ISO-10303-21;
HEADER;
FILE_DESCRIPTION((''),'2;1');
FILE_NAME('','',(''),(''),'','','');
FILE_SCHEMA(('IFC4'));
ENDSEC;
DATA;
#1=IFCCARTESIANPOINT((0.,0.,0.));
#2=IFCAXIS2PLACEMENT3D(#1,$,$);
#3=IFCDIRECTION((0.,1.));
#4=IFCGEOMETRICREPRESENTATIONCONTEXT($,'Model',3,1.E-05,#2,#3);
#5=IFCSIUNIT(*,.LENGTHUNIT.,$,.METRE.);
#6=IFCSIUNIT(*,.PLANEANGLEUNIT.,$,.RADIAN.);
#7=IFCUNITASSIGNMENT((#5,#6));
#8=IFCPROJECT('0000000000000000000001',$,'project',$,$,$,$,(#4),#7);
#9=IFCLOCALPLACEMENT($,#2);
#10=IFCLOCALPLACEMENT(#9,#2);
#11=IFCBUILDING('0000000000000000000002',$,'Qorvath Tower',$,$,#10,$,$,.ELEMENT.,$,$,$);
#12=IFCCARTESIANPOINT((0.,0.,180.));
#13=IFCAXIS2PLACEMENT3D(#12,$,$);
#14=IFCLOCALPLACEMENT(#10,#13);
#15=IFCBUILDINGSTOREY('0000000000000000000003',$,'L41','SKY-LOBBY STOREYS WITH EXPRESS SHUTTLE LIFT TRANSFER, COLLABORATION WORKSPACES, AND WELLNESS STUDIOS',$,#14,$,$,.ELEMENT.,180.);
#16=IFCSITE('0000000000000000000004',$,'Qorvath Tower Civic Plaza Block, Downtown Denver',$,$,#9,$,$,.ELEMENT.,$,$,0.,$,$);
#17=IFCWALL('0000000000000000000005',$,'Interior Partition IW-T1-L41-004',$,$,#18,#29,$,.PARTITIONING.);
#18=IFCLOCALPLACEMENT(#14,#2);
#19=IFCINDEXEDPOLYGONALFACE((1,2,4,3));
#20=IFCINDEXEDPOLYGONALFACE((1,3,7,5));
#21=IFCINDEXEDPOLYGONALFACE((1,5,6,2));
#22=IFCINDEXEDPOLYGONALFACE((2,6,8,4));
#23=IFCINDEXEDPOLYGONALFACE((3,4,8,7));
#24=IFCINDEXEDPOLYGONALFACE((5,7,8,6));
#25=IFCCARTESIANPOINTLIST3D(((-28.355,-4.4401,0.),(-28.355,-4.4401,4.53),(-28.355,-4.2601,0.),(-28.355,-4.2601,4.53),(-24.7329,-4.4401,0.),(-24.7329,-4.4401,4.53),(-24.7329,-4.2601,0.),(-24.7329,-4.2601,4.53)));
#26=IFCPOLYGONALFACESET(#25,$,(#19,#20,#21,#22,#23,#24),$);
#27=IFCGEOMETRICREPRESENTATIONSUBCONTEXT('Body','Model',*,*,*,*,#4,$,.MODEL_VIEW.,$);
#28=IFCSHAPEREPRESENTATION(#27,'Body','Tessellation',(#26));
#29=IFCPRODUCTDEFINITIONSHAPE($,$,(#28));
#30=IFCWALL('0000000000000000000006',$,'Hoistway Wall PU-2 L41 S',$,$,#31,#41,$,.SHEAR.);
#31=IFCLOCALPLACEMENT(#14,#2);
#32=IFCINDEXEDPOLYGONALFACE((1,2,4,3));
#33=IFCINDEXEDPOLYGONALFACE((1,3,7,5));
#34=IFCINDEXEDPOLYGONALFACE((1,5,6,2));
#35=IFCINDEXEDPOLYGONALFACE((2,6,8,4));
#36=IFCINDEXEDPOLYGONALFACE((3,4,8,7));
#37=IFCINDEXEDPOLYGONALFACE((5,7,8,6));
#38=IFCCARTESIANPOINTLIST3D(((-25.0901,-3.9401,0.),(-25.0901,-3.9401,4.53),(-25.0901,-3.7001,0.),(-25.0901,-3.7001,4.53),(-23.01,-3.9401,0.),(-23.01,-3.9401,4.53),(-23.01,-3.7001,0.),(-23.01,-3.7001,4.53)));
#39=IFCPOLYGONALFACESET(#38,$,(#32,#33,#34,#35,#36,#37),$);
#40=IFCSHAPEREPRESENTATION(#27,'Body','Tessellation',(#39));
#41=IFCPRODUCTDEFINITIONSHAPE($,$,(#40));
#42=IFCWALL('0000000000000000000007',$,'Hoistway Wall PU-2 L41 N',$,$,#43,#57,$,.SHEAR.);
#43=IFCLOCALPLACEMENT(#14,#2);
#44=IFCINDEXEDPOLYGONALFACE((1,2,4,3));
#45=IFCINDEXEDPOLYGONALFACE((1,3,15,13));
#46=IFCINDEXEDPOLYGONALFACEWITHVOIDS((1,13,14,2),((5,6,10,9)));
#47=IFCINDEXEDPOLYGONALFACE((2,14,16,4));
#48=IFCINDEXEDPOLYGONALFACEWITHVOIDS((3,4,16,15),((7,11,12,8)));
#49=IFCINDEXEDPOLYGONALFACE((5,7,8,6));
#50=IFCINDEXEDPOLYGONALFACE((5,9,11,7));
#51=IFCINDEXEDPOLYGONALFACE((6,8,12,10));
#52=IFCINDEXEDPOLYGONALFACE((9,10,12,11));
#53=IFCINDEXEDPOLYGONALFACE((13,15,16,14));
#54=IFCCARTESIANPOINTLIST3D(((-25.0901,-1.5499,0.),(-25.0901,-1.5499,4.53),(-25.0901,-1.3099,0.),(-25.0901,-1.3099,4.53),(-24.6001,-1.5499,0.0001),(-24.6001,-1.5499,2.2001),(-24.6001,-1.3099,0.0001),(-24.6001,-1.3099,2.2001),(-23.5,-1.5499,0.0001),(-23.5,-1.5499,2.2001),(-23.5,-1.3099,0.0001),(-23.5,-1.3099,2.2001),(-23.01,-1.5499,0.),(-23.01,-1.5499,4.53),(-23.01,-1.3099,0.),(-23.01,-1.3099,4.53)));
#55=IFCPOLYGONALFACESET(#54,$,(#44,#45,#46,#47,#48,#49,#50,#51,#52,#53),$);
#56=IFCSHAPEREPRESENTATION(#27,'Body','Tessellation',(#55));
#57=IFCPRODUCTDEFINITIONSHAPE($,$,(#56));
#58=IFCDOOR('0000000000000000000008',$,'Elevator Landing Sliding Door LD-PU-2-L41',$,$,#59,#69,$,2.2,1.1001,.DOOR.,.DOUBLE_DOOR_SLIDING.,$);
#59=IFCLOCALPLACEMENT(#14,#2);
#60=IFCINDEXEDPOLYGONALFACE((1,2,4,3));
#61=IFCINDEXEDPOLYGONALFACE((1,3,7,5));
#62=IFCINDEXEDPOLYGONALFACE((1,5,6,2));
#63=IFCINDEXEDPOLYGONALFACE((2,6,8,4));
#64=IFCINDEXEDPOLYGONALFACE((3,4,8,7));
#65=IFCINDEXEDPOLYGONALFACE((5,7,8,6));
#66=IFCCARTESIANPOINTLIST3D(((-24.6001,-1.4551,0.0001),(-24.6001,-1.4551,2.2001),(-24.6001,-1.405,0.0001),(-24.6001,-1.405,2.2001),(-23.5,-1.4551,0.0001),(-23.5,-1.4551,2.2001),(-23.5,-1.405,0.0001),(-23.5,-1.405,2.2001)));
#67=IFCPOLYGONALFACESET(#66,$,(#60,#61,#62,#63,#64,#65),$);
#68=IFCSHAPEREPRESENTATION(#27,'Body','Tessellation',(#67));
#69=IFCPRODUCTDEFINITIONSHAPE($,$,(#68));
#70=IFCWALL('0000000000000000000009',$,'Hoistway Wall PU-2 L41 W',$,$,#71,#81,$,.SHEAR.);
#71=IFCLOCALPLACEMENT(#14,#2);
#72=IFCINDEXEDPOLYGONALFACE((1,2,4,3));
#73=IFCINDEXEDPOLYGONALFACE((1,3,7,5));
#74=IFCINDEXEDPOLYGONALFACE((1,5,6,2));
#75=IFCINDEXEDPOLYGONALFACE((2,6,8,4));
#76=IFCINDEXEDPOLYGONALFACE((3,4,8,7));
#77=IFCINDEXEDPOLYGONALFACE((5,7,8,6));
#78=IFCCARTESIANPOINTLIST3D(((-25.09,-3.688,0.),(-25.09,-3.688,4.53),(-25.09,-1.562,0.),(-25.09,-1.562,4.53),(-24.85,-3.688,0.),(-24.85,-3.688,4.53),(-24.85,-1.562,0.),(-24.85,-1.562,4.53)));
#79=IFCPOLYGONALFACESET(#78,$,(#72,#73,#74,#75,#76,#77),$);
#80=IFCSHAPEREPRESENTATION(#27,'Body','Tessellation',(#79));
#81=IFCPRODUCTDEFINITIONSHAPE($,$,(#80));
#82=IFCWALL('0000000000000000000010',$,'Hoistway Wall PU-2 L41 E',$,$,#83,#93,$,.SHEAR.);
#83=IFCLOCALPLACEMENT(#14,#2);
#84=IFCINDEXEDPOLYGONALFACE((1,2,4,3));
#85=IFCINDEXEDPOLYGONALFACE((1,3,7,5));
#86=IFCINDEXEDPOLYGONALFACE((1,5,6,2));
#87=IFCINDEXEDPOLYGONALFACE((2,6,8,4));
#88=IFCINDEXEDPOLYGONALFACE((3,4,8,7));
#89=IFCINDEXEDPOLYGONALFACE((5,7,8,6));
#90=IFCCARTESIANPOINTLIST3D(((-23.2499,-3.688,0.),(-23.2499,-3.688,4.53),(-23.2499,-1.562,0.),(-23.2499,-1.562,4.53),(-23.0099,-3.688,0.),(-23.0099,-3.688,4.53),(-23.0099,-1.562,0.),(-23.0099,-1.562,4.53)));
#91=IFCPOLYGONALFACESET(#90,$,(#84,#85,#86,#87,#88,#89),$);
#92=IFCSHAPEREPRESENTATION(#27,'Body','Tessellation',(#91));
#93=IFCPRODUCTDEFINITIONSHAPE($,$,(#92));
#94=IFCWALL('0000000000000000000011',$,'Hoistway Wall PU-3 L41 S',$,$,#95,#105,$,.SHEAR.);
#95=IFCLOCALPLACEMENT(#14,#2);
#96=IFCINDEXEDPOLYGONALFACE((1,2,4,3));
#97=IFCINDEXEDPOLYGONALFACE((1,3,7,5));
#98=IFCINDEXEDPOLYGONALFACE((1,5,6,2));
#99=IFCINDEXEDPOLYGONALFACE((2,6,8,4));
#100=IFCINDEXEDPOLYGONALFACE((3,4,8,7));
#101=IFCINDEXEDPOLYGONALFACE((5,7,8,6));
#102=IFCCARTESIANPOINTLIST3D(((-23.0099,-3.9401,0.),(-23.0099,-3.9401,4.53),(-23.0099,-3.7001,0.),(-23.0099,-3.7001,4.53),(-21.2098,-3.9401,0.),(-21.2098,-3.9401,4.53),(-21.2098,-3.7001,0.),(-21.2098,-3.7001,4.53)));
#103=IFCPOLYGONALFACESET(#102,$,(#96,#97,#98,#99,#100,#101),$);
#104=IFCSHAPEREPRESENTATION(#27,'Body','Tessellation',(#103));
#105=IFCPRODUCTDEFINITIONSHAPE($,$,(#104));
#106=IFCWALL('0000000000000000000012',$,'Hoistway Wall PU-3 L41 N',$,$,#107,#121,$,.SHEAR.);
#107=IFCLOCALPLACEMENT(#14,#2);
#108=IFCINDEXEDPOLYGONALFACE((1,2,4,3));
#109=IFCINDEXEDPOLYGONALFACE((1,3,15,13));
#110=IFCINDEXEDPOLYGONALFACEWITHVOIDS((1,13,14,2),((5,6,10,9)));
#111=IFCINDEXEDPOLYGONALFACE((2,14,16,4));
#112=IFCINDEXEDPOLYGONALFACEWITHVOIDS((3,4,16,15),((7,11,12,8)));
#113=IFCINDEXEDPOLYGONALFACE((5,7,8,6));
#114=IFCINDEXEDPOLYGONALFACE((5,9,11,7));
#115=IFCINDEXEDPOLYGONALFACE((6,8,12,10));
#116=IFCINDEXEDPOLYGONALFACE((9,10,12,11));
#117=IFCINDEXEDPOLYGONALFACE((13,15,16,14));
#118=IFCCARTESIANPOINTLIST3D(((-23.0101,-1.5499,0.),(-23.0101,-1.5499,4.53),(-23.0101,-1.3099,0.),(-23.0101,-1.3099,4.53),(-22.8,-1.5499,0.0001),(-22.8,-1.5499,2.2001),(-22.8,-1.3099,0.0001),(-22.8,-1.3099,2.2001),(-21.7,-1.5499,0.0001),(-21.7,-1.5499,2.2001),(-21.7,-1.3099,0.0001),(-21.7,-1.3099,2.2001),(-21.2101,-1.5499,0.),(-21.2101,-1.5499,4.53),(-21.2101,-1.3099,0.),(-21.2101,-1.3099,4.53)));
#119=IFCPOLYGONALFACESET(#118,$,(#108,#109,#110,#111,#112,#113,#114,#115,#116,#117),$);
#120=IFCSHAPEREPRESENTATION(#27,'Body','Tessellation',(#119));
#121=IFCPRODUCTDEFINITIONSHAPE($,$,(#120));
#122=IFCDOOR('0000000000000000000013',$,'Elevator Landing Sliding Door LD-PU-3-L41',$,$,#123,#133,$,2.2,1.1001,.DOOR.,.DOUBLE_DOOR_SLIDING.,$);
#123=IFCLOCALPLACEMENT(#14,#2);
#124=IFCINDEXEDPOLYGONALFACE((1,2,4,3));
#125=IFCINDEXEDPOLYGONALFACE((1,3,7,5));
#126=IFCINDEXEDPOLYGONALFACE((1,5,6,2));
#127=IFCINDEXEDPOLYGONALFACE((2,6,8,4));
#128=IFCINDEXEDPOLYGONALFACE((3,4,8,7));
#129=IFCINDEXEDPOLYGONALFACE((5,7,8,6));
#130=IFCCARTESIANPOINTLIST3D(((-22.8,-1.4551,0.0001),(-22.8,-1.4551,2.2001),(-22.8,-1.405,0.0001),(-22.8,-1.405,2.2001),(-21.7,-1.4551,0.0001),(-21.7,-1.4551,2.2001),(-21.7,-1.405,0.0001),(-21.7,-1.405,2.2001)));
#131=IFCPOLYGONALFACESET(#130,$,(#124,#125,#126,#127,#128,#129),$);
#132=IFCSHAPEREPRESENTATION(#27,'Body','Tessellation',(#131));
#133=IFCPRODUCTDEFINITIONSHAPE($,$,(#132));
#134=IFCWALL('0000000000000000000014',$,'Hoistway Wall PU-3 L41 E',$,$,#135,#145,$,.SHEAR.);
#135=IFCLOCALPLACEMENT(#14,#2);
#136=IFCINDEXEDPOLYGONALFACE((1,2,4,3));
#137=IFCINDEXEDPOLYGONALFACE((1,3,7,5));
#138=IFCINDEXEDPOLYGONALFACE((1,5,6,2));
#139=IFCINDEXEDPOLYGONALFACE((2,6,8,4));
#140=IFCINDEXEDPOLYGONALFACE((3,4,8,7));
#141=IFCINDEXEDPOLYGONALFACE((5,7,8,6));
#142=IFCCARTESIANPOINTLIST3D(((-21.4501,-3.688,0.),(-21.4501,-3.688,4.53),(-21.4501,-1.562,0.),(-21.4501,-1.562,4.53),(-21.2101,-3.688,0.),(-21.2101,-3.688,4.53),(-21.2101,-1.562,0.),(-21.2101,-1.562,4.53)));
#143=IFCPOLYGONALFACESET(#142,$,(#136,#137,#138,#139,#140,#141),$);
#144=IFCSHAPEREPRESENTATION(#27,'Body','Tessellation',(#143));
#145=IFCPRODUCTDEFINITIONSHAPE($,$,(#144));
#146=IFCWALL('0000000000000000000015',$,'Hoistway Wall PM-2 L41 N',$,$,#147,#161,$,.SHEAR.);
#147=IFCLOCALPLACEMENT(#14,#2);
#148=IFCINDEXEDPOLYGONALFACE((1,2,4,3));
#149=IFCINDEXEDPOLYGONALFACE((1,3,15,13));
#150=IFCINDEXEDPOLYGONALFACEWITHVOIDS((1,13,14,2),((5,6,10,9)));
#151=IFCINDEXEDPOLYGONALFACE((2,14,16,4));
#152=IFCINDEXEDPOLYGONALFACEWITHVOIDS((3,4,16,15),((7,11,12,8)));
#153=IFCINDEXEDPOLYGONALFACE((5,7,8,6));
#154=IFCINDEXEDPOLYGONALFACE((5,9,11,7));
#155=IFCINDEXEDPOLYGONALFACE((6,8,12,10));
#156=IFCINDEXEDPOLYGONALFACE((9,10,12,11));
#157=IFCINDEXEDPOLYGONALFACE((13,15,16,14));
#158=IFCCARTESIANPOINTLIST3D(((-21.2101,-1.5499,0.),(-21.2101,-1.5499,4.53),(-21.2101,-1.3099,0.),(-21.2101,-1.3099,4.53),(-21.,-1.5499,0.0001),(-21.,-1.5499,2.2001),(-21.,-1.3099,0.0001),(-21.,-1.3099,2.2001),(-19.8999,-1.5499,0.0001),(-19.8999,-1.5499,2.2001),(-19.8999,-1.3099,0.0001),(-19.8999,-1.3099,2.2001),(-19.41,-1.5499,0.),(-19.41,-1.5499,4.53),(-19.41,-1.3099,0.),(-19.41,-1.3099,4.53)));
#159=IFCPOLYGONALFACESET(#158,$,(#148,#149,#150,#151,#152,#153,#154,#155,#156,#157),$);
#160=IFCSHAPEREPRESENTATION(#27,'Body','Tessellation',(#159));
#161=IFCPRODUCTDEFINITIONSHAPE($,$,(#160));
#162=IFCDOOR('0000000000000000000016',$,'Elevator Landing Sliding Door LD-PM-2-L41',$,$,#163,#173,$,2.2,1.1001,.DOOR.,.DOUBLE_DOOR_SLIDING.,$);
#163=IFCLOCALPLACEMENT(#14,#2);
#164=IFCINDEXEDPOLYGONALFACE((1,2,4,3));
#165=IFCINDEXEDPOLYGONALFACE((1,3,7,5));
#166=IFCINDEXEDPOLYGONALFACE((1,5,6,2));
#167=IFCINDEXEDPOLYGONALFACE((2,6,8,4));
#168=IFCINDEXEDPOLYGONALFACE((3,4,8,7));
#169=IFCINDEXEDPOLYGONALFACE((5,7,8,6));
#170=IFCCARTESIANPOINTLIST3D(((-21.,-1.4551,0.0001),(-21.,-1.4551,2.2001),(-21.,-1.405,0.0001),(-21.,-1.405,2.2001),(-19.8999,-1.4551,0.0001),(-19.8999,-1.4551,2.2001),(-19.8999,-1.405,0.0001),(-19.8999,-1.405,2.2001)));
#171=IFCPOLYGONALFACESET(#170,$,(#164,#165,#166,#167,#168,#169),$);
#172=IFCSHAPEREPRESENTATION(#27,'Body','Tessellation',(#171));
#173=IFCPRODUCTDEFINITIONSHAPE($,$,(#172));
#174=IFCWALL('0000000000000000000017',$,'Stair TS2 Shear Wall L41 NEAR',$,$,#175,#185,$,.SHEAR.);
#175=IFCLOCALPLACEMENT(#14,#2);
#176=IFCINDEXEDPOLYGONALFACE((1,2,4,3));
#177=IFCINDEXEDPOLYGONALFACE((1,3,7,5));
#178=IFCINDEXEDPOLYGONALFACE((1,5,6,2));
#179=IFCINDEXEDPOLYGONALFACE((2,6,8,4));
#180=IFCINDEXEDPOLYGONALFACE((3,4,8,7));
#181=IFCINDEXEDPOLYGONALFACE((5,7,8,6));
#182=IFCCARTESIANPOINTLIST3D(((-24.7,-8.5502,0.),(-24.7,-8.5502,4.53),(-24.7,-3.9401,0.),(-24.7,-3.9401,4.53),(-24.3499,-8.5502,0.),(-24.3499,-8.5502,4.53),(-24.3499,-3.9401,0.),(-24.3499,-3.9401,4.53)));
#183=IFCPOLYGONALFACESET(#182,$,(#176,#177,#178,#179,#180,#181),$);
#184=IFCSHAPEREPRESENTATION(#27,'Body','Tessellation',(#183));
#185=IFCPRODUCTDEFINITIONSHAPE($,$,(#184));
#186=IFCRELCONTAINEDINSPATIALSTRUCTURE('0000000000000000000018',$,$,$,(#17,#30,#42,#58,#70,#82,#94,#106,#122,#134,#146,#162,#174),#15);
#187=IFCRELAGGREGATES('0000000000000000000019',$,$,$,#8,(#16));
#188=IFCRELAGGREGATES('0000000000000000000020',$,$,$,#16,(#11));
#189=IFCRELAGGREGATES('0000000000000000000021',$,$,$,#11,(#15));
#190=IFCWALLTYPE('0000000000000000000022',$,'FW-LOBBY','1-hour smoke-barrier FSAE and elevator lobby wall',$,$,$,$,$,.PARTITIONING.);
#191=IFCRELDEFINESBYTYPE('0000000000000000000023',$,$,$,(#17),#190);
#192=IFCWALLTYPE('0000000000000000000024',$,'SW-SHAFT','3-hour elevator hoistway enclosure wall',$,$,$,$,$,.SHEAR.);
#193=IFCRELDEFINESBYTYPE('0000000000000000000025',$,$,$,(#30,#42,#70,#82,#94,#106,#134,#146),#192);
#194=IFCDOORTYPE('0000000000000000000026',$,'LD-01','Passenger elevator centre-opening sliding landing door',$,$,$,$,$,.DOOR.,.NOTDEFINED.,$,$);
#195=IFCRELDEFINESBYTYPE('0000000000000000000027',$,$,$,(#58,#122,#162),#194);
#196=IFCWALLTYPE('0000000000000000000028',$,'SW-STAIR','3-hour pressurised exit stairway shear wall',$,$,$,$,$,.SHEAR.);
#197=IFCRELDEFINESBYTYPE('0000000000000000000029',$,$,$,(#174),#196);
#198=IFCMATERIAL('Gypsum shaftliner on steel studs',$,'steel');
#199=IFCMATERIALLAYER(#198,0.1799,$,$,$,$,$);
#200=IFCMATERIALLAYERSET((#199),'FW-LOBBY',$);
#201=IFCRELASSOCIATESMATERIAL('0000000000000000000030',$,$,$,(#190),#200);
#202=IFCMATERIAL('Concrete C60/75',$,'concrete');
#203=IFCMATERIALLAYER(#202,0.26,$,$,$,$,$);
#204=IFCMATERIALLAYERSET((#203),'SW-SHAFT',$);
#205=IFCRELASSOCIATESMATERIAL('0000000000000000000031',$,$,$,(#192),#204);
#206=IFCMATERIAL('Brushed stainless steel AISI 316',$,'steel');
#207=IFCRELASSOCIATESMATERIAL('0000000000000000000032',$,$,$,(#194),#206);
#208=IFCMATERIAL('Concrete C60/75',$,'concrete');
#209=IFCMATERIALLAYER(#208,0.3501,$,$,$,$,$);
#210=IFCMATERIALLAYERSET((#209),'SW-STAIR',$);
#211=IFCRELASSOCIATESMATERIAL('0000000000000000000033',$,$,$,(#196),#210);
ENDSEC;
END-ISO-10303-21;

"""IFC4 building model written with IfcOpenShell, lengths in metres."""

from ifc_helpers import new_model, si_unit, direction, frame, frame_2d, origin, place, context, subcontext, project, spatial, rectangle, extrude, material, layer, layer_set, type_object, element, fill, save


model = new_model("IFC4")

# Units and contexts
model_context = context("Model", 3, precision=1e-05, world=origin(), true_north=direction((0.0, 1.0)))
body_context = subcontext(model_context, "Body", "Model", "MODEL_VIEW")
ifc_project = project(units=[si_unit("LENGTHUNIT", "METRE"), si_unit("PLANEANGLEUNIT", "RADIAN")], contexts=[model_context])

# Site, building, storey
site_placement = place(None, origin())
site = spatial("IfcSite", under=ifc_project, at=site_placement, Name="Qorvath Tower Civic Plaza Block, Downtown Denver", CompositionType="ELEMENT", RefElevation=0.0)
building_placement = place(site_placement, origin())
building = spatial("IfcBuilding", under=site, at=building_placement, Name="Qorvath Tower", CompositionType="ELEMENT")
storey_placement = place(building_placement, frame((0.0, 0.0, 180.0)))
storey = spatial("IfcBuildingStorey", under=building, at=storey_placement, Name="L41", Description="SKY-LOBBY STOREYS WITH EXPRESS SHUTTLE LIFT TRANSFER, COLLABORATION WORKSPACES, AND WELLNESS STUDIOS", CompositionType="ELEMENT", Elevation=180.0)

# Walls
ifc_material_1 = material(Name="Gypsum shaftliner on steel studs", Category="steel")
ifc_layer_1 = layer(ifc_material_1, 0.1799)
ifc_layer_set_1 = layer_set([ifc_layer_1], Name="FW-LOBBY")
wall_type_1 = type_object("IfcWallType", Name="FW-LOBBY", Description="1-hour smoke-barrier FSAE and elevator lobby wall", PredefinedType="PARTITIONING", material=ifc_layer_set_1)
wall_1_placement = place(storey_placement, frame((-24.7329, -4.3501, 0.0), z_axis=(0.0, 0.0, 1.0), x_axis=(-1.0, 0.0, 0.0)))
element("IfcWall", 1, at=wall_1_placement, inside=storey, type_object=wall_type_1, Name="Interior Partition IW-T1-L41-004", PredefinedType="PARTITIONING", context=body_context, shape_type="SweptSolid", body=[
    extrude(rectangle(XDim=3.6221, YDim=0.1799, at=frame_2d((1.811, 0.0))), origin(), (0.0, 0.0, 1.0), 4.53),
])
ifc_material_2 = material(Name="Concrete C60/75", Category="concrete")
ifc_layer_2 = layer(ifc_material_2, 0.26)
ifc_layer_set_2 = layer_set([ifc_layer_2], Name="SW-SHAFT")
wall_type_2 = type_object("IfcWallType", Name="SW-SHAFT", Description="3-hour elevator hoistway enclosure wall", PredefinedType="SHEAR", material=ifc_layer_set_2)
wall_2_placement = place(storey_placement, frame((-23.01, -3.8201, 0.0), z_axis=(0.0, 0.0, 1.0), x_axis=(-1.0, 0.0, 0.0)))
element("IfcWall", 2, at=wall_2_placement, inside=storey, type_object=wall_type_2, Name="Hoistway Wall PU-2 L41 S", PredefinedType="SHEAR", context=body_context, shape_type="SweptSolid", body=[
    extrude(rectangle(XDim=2.0801, YDim=0.24, at=frame_2d((1.04, 0.0))), origin(), (0.0, 0.0, 1.0), 4.53),
])

# Wall, opening, door
wall_3_placement = place(storey_placement, frame((-25.0901, -1.4299, 0.0), z_axis=(0.0, 0.0, 1.0), x_axis=(1.0, 0.0, 0.0)))
wall_3 = element("IfcWall", 3, at=wall_3_placement, inside=storey, type_object=wall_type_2, Name="Hoistway Wall PU-2 L41 N", PredefinedType="SHEAR", context=body_context, shape_type="SweptSolid", body=[
    extrude(rectangle(XDim=2.0801, YDim=0.24, at=frame_2d((1.04, 0.0))), origin(), (0.0, 0.0, 1.0), 4.53),
])
opening_1_placement = place(wall_3_placement, frame((0.49, 0.0, 0.0)))
opening_1 = element("IfcOpeningElement", 4, at=opening_1_placement, cuts=wall_3, PredefinedType="OPENING", context=body_context, shape_type="SweptSolid", body=[
    extrude(rectangle(XDim=1.1001, YDim=2.2, at=frame_2d((0.55, 1.1001))), frame((0.0, 0.1299, 0.0), z_axis=(0.0, -1.0, 0.0), x_axis=(1.0, 0.0, 0.0)), (0.0, 0.0, 1.0), 0.26),
])
ifc_material_3 = material(Name="Brushed stainless steel AISI 316", Category="steel")
door_type = type_object("IfcDoorType", Name="LD-01", Description="Passenger elevator centre-opening sliding landing door", OperationType="NOTDEFINED", PredefinedType="DOOR", material=ifc_material_3)
door_1_placement = place(opening_1_placement, origin())
door_1 = element("IfcDoor", 5, at=door_1_placement, inside=storey, type_object=door_type, Name="Elevator Landing Sliding Door LD-PU-2-L41", OperationType="DOUBLE_DOOR_SLIDING", OverallHeight=2.2, OverallWidth=1.1001, PredefinedType="DOOR", context=body_context, shape_type="SweptSolid", body=[
    extrude(rectangle(XDim=1.1001, YDim=2.2, at=frame_2d((0.55, 1.1001))), frame((0.0, 0.0249, 0.0), z_axis=(0.0, -1.0, 0.0), x_axis=(1.0, 0.0, 0.0)), (0.0, 0.0, 1.0), 0.05),
])
fill(opening_1, door_1)

# Walls
for number, where, z_axis, x_axis, name in (
    (6, (-24.97, -3.688, 0.0), (0.0, 0.0, 1.0), (0.0, 1.0, 0.0), "Hoistway Wall PU-2 L41 W"),
    (7, (-23.1299, -1.562, 0.0), (0.0, 0.0, 1.0), (0.0, -1.0, 0.0), "Hoistway Wall PU-2 L41 E"),
):
    element("IfcWall", number, at=place(storey_placement, frame(where, z_axis=z_axis, x_axis=x_axis)), inside=storey, type_object=wall_type_2, Name=name, PredefinedType="SHEAR", context=body_context, shape_type="SweptSolid", body=[
        extrude(rectangle(XDim=2.126, YDim=0.24, at=frame_2d((1.063, 0.0))), origin(), (0.0, 0.0, 1.0), 4.53),
    ])
wall_4_placement = place(storey_placement, frame((-21.21, -3.8201, 0.0), z_axis=(0.0, 0.0, 1.0), x_axis=(-1.0, 0.0, 0.0)))
element("IfcWall", 8, at=wall_4_placement, inside=storey, type_object=wall_type_2, Name="Hoistway Wall PU-3 L41 S", PredefinedType="SHEAR", context=body_context, shape_type="SweptSolid", body=[
    extrude(rectangle(XDim=1.8, YDim=0.24, at=frame_2d((0.8999, 0.0))), origin(), (0.0, 0.0, 1.0), 4.53),
])

# Wall, opening, door
wall_5_placement = place(storey_placement, frame((-23.01, -1.4299, 0.0), z_axis=(0.0, 0.0, 1.0), x_axis=(1.0, 0.0, 0.0)))
wall_5 = element("IfcWall", 9, at=wall_5_placement, inside=storey, type_object=wall_type_2, Name="Hoistway Wall PU-3 L41 N", PredefinedType="SHEAR", context=body_context, shape_type="SweptSolid", body=[
    extrude(rectangle(XDim=1.8, YDim=0.24, at=frame_2d((0.8999, 0.0))), origin(), (0.0, 0.0, 1.0), 4.53),
])
opening_2_placement = place(wall_5_placement, frame((0.21, 0.0, 0.0)))
opening_2 = element("IfcOpeningElement", 10, at=opening_2_placement, cuts=wall_5, PredefinedType="OPENING", context=body_context, shape_type="SweptSolid", body=[
    extrude(rectangle(XDim=1.1001, YDim=2.2, at=frame_2d((0.55, 1.1001))), frame((0.0, 0.1299, 0.0), z_axis=(0.0, -1.0, 0.0), x_axis=(1.0, 0.0, 0.0)), (0.0, 0.0, 1.0), 0.26),
])
door_2_placement = place(opening_2_placement, origin())
door_2 = element("IfcDoor", 11, at=door_2_placement, inside=storey, type_object=door_type, Name="Elevator Landing Sliding Door LD-PU-3-L41", OperationType="DOUBLE_DOOR_SLIDING", OverallHeight=2.2, OverallWidth=1.1001, PredefinedType="DOOR", context=body_context, shape_type="SweptSolid", body=[
    extrude(rectangle(XDim=1.1001, YDim=2.2, at=frame_2d((0.55, 1.1001))), frame((0.0, 0.0249, 0.0), z_axis=(0.0, -1.0, 0.0), x_axis=(1.0, 0.0, 0.0)), (0.0, 0.0, 1.0), 0.05),
])
fill(opening_2, door_2)

# Wall
wall_6_placement = place(storey_placement, frame((-21.3301, -1.562, 0.0), z_axis=(0.0, 0.0, 1.0), x_axis=(0.0, -1.0, 0.0)))
element("IfcWall", 12, at=wall_6_placement, inside=storey, type_object=wall_type_2, Name="Hoistway Wall PU-3 L41 E", PredefinedType="SHEAR", context=body_context, shape_type="SweptSolid", body=[
    extrude(rectangle(XDim=2.126, YDim=0.24, at=frame_2d((1.063, 0.0))), origin(), (0.0, 0.0, 1.0), 4.53),
])

# Wall, opening, door
wall_7_placement = place(storey_placement, frame((-21.21, -1.4299, 0.0), z_axis=(0.0, 0.0, 1.0), x_axis=(1.0, 0.0, 0.0)))
wall_7 = element("IfcWall", 13, at=wall_7_placement, inside=storey, type_object=wall_type_2, Name="Hoistway Wall PM-2 L41 N", PredefinedType="SHEAR", context=body_context, shape_type="SweptSolid", body=[
    extrude(rectangle(XDim=1.8, YDim=0.24, at=frame_2d((0.8999, 0.0))), origin(), (0.0, 0.0, 1.0), 4.53),
])
opening_3_placement = place(wall_7_placement, frame((0.21, 0.0, 0.0)))
opening_3 = element("IfcOpeningElement", 14, at=opening_3_placement, cuts=wall_7, PredefinedType="OPENING", context=body_context, shape_type="SweptSolid", body=[
    extrude(rectangle(XDim=1.1001, YDim=2.2, at=frame_2d((0.55, 1.1001))), frame((0.0, 0.1299, 0.0), z_axis=(0.0, -1.0, 0.0), x_axis=(1.0, 0.0, 0.0)), (0.0, 0.0, 1.0), 0.26),
])
door_3_placement = place(opening_3_placement, origin())
door_3 = element("IfcDoor", 15, at=door_3_placement, inside=storey, type_object=door_type, Name="Elevator Landing Sliding Door LD-PM-2-L41", OperationType="DOUBLE_DOOR_SLIDING", OverallHeight=2.2, OverallWidth=1.1001, PredefinedType="DOOR", context=body_context, shape_type="SweptSolid", body=[
    extrude(rectangle(XDim=1.1001, YDim=2.2, at=frame_2d((0.55, 1.1001))), frame((0.0, 0.0249, 0.0), z_axis=(0.0, -1.0, 0.0), x_axis=(1.0, 0.0, 0.0)), (0.0, 0.0, 1.0), 0.05),
])
fill(opening_3, door_3)

# Wall
ifc_material_4 = material(Name="Concrete C60/75", Category="concrete")
ifc_layer_3 = layer(ifc_material_4, 0.3501)
ifc_layer_set_3 = layer_set([ifc_layer_3], Name="SW-STAIR")
wall_type_3 = type_object("IfcWallType", Name="SW-STAIR", Description="3-hour pressurised exit stairway shear wall", PredefinedType="SHEAR", material=ifc_layer_set_3)
wall_8_placement = place(storey_placement, frame((-24.5249, -3.9399, 0.0), z_axis=(0.0, 0.0, 1.0), x_axis=(0.0, -1.0, 0.0)))
element("IfcWall", 16, at=wall_8_placement, inside=storey, type_object=wall_type_3, Name="Stair TS2 Shear Wall L41 NEAR", PredefinedType="SHEAR", context=body_context, shape_type="SweptSolid", body=[
    extrude(rectangle(XDim=4.6101, YDim=0.3501, at=frame_2d((2.3052, 0.0))), origin(), (0.0, 0.0, 1.0), 4.53),
])

save(model, "model.ifc")
